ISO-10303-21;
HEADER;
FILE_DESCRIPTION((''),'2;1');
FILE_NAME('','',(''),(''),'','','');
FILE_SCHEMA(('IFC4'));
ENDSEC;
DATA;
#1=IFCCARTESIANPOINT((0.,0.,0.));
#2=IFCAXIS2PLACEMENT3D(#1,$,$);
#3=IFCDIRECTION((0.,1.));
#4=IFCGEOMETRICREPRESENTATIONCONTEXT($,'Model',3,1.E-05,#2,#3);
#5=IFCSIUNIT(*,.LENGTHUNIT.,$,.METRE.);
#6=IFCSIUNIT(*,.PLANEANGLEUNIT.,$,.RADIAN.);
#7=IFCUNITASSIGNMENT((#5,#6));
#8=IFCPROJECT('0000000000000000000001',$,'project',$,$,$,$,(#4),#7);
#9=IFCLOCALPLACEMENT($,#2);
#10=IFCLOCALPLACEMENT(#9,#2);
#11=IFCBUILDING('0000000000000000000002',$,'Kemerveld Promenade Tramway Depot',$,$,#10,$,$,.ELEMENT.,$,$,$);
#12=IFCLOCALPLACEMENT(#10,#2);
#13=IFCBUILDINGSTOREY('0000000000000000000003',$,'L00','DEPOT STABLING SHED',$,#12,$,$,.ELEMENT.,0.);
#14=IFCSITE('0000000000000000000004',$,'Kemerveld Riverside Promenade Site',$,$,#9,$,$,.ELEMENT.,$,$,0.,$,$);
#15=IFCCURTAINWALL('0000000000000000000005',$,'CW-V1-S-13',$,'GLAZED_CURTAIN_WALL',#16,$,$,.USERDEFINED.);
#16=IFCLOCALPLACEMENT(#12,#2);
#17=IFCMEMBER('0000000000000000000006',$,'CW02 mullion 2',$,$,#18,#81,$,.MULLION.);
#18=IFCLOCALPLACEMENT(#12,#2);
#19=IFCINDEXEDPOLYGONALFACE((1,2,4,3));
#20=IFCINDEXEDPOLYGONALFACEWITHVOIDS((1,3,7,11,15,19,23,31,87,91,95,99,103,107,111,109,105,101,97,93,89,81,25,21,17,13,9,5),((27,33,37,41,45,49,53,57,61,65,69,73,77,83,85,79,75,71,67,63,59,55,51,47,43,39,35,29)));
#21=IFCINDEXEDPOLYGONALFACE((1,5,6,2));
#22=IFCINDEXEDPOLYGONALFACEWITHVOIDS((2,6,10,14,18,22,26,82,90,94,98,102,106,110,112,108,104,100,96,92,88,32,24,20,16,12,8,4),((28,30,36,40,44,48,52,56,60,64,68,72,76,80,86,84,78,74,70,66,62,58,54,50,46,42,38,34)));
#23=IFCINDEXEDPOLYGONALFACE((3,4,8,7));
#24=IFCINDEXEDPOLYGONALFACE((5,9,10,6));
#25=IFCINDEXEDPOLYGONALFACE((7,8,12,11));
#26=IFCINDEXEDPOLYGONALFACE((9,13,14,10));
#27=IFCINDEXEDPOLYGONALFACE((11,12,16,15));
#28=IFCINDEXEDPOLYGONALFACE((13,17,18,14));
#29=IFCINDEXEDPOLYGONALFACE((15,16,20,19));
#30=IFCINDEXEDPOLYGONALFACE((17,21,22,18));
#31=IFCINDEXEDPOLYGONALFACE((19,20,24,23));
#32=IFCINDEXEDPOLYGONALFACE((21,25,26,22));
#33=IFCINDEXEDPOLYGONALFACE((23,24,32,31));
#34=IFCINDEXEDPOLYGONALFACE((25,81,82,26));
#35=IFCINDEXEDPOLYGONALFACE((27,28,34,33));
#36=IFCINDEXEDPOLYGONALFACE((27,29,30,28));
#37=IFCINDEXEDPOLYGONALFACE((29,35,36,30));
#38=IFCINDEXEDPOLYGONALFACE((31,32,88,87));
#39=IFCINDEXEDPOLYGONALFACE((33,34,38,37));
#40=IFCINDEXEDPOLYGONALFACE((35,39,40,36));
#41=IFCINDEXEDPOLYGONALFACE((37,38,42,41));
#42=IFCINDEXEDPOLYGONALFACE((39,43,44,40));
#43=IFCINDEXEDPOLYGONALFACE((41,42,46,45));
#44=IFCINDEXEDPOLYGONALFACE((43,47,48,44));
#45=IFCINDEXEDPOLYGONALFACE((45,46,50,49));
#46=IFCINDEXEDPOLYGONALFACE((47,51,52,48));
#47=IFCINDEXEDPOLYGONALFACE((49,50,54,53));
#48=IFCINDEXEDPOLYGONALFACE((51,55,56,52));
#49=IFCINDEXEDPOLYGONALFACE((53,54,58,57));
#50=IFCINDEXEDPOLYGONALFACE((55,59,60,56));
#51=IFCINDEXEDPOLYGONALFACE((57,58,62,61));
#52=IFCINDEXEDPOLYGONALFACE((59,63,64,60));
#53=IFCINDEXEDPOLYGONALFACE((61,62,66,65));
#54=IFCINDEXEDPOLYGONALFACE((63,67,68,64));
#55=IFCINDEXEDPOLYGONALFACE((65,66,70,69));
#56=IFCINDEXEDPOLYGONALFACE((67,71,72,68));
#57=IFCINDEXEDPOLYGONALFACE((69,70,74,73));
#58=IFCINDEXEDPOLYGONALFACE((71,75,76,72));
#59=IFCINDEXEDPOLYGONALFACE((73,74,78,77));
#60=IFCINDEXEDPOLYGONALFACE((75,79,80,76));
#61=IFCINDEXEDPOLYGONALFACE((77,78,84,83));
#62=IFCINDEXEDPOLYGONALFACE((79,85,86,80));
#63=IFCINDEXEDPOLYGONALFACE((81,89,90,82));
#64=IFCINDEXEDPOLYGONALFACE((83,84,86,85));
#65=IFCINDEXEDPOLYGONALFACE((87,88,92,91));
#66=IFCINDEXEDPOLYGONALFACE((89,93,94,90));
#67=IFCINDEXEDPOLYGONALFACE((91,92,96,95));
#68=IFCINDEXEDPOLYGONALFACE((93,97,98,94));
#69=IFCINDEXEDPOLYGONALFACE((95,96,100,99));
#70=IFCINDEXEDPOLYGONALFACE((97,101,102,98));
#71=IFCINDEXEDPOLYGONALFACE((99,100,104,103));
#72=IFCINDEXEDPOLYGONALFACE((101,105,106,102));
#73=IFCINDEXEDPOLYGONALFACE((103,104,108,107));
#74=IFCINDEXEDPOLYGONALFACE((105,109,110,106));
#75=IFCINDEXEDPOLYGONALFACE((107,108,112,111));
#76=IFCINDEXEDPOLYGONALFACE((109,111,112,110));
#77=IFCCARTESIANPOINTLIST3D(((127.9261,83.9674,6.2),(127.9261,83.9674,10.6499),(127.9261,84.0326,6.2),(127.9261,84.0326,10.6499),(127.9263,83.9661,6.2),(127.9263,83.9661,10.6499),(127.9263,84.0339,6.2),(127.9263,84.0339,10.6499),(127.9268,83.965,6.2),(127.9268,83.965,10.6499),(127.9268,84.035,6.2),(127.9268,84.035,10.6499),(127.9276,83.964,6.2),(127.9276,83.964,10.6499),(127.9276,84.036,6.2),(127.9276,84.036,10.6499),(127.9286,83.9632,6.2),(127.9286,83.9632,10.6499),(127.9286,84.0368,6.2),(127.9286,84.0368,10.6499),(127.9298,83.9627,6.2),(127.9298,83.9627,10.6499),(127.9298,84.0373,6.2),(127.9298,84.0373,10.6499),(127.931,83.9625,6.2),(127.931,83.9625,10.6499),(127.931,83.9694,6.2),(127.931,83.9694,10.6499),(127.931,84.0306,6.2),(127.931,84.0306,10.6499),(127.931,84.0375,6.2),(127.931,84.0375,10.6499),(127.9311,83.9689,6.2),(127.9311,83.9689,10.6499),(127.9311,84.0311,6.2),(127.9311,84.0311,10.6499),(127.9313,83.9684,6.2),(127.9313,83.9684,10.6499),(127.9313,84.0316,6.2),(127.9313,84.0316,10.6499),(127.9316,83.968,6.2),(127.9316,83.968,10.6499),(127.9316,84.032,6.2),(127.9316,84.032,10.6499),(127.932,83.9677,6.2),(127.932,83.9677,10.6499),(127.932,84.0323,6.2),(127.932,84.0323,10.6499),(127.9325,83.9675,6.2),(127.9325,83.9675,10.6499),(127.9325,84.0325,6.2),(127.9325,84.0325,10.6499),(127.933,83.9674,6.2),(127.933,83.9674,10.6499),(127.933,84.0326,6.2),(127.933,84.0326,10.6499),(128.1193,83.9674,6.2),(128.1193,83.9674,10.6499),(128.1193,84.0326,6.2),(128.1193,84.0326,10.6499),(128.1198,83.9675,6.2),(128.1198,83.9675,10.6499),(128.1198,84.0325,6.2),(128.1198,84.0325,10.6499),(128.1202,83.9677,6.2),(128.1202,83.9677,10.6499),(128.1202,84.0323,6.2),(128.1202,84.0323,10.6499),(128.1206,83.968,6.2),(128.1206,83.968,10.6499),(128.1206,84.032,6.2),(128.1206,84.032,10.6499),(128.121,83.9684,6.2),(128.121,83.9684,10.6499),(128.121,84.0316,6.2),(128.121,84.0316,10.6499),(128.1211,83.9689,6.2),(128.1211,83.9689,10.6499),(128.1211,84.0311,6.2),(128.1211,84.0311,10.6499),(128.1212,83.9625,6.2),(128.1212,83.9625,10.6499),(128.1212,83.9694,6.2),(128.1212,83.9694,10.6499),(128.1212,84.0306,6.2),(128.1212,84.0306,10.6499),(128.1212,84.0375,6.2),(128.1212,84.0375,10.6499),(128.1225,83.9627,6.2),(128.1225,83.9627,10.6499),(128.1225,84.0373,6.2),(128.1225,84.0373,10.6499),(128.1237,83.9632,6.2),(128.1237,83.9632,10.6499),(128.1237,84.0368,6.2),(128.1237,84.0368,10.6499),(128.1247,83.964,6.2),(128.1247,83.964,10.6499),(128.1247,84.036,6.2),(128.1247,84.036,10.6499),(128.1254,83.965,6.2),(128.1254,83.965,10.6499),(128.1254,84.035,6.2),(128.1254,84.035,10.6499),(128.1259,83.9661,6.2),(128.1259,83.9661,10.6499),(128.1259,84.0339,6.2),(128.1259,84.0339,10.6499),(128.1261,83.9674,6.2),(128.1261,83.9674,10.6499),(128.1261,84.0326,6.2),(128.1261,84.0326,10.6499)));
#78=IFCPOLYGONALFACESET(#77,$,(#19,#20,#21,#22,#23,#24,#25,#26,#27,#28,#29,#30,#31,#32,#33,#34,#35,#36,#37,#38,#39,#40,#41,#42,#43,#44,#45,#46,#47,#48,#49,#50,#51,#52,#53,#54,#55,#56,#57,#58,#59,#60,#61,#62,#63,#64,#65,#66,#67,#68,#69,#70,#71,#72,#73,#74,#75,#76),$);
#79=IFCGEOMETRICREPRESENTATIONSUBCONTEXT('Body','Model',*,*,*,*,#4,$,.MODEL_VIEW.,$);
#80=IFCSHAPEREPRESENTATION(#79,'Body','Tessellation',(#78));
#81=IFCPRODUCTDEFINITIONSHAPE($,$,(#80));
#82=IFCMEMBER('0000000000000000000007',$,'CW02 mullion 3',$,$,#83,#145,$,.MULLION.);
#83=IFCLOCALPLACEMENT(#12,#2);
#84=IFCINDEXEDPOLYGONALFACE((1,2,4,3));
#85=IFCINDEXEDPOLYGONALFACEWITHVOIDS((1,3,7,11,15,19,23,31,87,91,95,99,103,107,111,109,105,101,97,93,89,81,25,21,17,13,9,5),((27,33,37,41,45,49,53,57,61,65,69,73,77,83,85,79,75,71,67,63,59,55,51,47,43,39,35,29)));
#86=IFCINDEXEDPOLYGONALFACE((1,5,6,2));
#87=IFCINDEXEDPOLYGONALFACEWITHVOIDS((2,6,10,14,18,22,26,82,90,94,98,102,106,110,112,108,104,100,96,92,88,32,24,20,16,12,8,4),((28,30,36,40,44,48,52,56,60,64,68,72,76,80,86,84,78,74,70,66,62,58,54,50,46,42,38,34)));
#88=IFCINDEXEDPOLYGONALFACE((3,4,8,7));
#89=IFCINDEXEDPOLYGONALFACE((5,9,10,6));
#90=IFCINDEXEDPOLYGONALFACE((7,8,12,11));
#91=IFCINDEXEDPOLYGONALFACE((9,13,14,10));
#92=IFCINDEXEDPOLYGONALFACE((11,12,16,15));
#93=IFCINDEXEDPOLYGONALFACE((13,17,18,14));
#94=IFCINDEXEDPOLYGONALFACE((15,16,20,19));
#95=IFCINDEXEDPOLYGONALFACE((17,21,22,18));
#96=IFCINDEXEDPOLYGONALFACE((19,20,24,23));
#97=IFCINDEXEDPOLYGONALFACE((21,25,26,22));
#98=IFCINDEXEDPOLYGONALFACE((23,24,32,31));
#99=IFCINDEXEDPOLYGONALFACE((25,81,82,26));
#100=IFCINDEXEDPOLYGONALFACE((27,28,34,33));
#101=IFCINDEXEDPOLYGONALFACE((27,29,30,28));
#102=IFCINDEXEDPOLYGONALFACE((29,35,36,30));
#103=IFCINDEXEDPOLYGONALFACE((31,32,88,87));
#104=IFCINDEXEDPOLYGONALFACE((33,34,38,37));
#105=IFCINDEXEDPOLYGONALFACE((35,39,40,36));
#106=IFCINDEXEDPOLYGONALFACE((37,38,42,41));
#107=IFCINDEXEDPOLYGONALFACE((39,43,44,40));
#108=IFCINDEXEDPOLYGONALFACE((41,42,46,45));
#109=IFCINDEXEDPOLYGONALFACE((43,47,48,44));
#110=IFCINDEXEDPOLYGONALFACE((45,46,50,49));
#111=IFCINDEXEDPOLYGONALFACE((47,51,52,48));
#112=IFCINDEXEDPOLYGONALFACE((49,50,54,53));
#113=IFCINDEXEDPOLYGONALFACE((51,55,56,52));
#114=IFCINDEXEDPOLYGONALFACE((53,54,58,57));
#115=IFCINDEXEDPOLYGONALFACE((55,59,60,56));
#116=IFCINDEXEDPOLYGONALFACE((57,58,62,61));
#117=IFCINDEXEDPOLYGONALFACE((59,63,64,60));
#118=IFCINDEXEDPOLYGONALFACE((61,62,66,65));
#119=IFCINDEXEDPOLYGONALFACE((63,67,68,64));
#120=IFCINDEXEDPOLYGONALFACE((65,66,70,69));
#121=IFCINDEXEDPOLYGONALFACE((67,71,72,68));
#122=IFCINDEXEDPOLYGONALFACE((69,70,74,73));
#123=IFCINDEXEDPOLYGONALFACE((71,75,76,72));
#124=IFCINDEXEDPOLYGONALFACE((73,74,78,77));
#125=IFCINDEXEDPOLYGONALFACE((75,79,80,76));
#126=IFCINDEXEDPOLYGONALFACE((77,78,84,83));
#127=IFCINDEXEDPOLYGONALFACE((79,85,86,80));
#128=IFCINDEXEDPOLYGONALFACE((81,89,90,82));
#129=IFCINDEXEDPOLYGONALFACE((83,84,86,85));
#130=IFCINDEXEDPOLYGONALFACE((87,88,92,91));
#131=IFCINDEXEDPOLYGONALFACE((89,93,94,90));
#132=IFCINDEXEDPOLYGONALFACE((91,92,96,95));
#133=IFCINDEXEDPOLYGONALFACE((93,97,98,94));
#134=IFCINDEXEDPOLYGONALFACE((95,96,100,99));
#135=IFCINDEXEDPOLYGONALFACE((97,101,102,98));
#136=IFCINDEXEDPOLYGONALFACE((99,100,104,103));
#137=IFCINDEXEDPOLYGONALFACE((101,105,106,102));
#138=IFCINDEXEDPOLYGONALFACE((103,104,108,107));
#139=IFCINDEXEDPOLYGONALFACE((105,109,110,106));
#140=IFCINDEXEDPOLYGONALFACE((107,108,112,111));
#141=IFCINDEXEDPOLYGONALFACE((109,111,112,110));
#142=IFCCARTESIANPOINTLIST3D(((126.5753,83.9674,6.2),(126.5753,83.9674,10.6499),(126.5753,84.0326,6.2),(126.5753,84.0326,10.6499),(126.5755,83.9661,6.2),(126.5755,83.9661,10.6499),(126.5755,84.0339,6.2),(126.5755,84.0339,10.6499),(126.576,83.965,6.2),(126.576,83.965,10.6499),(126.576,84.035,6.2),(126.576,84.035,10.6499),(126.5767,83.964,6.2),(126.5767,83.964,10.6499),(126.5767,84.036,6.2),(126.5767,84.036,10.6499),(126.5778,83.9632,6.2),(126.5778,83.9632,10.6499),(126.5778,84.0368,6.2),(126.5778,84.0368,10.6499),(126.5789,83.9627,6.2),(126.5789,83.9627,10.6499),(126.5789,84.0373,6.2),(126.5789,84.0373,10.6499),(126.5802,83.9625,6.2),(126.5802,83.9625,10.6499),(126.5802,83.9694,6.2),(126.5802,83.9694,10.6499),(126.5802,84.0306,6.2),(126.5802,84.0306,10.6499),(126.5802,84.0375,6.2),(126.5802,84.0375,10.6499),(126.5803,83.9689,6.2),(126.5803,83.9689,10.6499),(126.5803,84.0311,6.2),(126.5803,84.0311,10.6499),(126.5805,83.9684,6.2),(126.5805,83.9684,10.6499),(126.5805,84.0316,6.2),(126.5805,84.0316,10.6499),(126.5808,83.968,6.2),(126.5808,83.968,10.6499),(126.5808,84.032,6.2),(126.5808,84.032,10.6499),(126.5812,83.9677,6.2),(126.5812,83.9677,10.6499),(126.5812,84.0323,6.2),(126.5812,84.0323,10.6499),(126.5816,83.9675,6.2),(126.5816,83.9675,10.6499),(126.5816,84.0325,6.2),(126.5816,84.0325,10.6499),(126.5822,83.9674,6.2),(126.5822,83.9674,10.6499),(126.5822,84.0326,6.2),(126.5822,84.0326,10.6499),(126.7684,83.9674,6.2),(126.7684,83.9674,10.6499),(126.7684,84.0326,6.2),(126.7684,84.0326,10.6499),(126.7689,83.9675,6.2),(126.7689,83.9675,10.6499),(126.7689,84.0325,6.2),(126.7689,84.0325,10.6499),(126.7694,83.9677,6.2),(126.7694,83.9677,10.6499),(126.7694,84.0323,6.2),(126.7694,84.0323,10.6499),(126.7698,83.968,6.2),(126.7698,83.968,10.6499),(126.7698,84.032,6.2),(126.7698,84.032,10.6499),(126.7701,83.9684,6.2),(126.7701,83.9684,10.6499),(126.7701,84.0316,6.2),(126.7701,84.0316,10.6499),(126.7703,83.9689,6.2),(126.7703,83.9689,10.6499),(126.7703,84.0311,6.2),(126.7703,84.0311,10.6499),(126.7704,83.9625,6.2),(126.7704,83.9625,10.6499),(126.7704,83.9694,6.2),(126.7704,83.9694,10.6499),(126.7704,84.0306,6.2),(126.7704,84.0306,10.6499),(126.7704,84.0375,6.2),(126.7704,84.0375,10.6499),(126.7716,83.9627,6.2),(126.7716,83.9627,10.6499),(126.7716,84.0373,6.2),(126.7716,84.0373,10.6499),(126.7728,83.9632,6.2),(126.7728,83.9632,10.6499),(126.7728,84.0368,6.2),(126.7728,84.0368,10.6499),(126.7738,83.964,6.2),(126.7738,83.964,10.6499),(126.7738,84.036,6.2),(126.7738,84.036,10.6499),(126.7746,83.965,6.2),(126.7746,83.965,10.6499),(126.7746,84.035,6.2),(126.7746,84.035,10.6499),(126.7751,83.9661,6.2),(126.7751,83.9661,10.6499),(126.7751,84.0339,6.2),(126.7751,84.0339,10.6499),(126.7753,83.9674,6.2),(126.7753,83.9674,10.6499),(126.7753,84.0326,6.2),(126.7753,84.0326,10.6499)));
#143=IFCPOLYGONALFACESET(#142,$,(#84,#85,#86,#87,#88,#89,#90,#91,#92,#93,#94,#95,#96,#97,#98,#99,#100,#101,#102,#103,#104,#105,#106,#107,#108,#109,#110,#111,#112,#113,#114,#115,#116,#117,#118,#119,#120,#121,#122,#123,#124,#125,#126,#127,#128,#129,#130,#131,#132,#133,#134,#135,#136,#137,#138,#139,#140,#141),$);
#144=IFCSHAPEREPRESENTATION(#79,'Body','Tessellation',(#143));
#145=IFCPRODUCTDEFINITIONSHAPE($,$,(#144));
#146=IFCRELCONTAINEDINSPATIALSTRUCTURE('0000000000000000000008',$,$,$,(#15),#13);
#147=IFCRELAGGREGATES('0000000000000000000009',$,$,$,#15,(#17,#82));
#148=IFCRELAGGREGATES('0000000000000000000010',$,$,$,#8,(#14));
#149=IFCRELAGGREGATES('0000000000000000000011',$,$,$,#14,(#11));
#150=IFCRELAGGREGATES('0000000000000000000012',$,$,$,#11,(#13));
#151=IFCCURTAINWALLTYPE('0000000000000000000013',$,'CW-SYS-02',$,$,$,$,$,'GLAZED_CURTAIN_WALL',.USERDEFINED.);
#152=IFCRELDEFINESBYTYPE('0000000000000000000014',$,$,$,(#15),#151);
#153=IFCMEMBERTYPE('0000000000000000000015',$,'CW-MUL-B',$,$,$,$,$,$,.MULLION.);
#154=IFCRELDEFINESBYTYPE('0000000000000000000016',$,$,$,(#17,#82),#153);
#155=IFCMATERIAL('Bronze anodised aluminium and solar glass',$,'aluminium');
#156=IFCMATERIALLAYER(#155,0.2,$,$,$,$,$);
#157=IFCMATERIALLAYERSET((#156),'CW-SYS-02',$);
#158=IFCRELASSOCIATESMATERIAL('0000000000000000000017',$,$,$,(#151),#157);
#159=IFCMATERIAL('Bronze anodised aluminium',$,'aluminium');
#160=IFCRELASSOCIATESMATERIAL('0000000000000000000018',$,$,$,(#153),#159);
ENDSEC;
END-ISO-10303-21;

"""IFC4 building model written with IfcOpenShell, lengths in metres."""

from ifc_helpers import new_model, si_unit, direction, frame, origin, origin_2d, place, context, subcontext, project, spatial, hollow_rectangle, extrude, material, layer, layer_set, material_profile, profile_set, type_object, element, aggregate, save


model = new_model("IFC4")

# Units and contexts
model_context = context("Model", 3, precision=1e-05, world=origin(), true_north=direction((0.0, 1.0)))
body_context = subcontext(model_context, "Body", "Model", "MODEL_VIEW")
ifc_project = project(units=[si_unit("LENGTHUNIT", "METRE"), si_unit("PLANEANGLEUNIT", "RADIAN")], contexts=[model_context])

# Site, building, storey
site_placement = place(None, origin())
site = spatial("IfcSite", under=ifc_project, at=site_placement, Name="Kemerveld Riverside Promenade Site", CompositionType="ELEMENT", RefElevation=0.0)
building_placement = place(site_placement, origin())
building = spatial("IfcBuilding", under=site, at=building_placement, Name="Kemerveld Promenade Tramway Depot", CompositionType="ELEMENT")
storey_placement = place(building_placement, origin())
storey = spatial("IfcBuildingStorey", under=building, at=storey_placement, Name="L00", Description="DEPOT STABLING SHED", CompositionType="ELEMENT", Elevation=0.0)

# Shared definitions
ifc_material_1 = material(Name="Bronze anodised aluminium and solar glass", Category="aluminium")
ifc_material_2 = material(Name="Bronze anodised aluminium", Category="aluminium")

# Curtain wall, members
ifc_layer_1 = layer(ifc_material_1, 0.2)
ifc_layer_set_1 = layer_set([ifc_layer_1], Name="CW-SYS-02")
curtain_wall_type_1 = type_object("IfcCurtainWallType", Name="CW-SYS-02", ElementType="GLAZED_CURTAIN_WALL", PredefinedType="USERDEFINED", material=ifc_layer_set_1)
curtain_wall_1_placement = place(storey_placement, origin())
curtain_wall_1 = element("IfcCurtainWall", 1, at=curtain_wall_1_placement, inside=storey, type_object=curtain_wall_type_1, Name="CW-V1-S-13", ObjectType="GLAZED_CURTAIN_WALL", PredefinedType="USERDEFINED")
ifc_material_profile_1 = material_profile(ifc_material_2, hollow_rectangle(XDim=0.075, YDim=0.2, WallThickness=0.0049, InnerFilletRadius=0.002, OuterFilletRadius=0.0049, at=origin_2d()), Name="CW-MUL-200x75")
ifc_profile_set_1 = profile_set([ifc_material_profile_1], Name="Bronze anodised aluminium")
member_type_1 = type_object("IfcMemberType", Name="CW-MUL-B", PredefinedType="MULLION", material=ifc_profile_set_1)
member_1_placement = place(storey_placement, frame((128.0261, 84.0, 6.2), z_axis=(0.0, 0.0, 1.0), x_axis=(0.0, -1.0, 0.0)))
member_1 = element("IfcMember", 2, at=member_1_placement, type_object=member_type_1, Name="CW02 mullion 2", PredefinedType="MULLION", context=body_context, shape_type="SweptSolid", body=[
    extrude(hollow_rectangle(XDim=0.075, YDim=0.2, WallThickness=0.0049, InnerFilletRadius=0.002, OuterFilletRadius=0.0049, at=origin_2d()), origin(), (0.0, 0.0, 1.0), 4.45),
])
member_2_placement = place(storey_placement, frame((126.6753, 84.0, 6.2), z_axis=(0.0, 0.0, 1.0), x_axis=(0.0, -1.0, 0.0)))
member_2 = element("IfcMember", 3, at=member_2_placement, type_object=member_type_1, Name="CW02 mullion 3", PredefinedType="MULLION", context=body_context, shape_type="SweptSolid", body=[
    extrude(hollow_rectangle(XDim=0.075, YDim=0.2, WallThickness=0.0049, InnerFilletRadius=0.002, OuterFilletRadius=0.0049, at=origin_2d()), origin(), (0.0, 0.0, 1.0), 4.45),
])

aggregate(curtain_wall_1, [member_1, member_2])

save(model, "model.ifc")
